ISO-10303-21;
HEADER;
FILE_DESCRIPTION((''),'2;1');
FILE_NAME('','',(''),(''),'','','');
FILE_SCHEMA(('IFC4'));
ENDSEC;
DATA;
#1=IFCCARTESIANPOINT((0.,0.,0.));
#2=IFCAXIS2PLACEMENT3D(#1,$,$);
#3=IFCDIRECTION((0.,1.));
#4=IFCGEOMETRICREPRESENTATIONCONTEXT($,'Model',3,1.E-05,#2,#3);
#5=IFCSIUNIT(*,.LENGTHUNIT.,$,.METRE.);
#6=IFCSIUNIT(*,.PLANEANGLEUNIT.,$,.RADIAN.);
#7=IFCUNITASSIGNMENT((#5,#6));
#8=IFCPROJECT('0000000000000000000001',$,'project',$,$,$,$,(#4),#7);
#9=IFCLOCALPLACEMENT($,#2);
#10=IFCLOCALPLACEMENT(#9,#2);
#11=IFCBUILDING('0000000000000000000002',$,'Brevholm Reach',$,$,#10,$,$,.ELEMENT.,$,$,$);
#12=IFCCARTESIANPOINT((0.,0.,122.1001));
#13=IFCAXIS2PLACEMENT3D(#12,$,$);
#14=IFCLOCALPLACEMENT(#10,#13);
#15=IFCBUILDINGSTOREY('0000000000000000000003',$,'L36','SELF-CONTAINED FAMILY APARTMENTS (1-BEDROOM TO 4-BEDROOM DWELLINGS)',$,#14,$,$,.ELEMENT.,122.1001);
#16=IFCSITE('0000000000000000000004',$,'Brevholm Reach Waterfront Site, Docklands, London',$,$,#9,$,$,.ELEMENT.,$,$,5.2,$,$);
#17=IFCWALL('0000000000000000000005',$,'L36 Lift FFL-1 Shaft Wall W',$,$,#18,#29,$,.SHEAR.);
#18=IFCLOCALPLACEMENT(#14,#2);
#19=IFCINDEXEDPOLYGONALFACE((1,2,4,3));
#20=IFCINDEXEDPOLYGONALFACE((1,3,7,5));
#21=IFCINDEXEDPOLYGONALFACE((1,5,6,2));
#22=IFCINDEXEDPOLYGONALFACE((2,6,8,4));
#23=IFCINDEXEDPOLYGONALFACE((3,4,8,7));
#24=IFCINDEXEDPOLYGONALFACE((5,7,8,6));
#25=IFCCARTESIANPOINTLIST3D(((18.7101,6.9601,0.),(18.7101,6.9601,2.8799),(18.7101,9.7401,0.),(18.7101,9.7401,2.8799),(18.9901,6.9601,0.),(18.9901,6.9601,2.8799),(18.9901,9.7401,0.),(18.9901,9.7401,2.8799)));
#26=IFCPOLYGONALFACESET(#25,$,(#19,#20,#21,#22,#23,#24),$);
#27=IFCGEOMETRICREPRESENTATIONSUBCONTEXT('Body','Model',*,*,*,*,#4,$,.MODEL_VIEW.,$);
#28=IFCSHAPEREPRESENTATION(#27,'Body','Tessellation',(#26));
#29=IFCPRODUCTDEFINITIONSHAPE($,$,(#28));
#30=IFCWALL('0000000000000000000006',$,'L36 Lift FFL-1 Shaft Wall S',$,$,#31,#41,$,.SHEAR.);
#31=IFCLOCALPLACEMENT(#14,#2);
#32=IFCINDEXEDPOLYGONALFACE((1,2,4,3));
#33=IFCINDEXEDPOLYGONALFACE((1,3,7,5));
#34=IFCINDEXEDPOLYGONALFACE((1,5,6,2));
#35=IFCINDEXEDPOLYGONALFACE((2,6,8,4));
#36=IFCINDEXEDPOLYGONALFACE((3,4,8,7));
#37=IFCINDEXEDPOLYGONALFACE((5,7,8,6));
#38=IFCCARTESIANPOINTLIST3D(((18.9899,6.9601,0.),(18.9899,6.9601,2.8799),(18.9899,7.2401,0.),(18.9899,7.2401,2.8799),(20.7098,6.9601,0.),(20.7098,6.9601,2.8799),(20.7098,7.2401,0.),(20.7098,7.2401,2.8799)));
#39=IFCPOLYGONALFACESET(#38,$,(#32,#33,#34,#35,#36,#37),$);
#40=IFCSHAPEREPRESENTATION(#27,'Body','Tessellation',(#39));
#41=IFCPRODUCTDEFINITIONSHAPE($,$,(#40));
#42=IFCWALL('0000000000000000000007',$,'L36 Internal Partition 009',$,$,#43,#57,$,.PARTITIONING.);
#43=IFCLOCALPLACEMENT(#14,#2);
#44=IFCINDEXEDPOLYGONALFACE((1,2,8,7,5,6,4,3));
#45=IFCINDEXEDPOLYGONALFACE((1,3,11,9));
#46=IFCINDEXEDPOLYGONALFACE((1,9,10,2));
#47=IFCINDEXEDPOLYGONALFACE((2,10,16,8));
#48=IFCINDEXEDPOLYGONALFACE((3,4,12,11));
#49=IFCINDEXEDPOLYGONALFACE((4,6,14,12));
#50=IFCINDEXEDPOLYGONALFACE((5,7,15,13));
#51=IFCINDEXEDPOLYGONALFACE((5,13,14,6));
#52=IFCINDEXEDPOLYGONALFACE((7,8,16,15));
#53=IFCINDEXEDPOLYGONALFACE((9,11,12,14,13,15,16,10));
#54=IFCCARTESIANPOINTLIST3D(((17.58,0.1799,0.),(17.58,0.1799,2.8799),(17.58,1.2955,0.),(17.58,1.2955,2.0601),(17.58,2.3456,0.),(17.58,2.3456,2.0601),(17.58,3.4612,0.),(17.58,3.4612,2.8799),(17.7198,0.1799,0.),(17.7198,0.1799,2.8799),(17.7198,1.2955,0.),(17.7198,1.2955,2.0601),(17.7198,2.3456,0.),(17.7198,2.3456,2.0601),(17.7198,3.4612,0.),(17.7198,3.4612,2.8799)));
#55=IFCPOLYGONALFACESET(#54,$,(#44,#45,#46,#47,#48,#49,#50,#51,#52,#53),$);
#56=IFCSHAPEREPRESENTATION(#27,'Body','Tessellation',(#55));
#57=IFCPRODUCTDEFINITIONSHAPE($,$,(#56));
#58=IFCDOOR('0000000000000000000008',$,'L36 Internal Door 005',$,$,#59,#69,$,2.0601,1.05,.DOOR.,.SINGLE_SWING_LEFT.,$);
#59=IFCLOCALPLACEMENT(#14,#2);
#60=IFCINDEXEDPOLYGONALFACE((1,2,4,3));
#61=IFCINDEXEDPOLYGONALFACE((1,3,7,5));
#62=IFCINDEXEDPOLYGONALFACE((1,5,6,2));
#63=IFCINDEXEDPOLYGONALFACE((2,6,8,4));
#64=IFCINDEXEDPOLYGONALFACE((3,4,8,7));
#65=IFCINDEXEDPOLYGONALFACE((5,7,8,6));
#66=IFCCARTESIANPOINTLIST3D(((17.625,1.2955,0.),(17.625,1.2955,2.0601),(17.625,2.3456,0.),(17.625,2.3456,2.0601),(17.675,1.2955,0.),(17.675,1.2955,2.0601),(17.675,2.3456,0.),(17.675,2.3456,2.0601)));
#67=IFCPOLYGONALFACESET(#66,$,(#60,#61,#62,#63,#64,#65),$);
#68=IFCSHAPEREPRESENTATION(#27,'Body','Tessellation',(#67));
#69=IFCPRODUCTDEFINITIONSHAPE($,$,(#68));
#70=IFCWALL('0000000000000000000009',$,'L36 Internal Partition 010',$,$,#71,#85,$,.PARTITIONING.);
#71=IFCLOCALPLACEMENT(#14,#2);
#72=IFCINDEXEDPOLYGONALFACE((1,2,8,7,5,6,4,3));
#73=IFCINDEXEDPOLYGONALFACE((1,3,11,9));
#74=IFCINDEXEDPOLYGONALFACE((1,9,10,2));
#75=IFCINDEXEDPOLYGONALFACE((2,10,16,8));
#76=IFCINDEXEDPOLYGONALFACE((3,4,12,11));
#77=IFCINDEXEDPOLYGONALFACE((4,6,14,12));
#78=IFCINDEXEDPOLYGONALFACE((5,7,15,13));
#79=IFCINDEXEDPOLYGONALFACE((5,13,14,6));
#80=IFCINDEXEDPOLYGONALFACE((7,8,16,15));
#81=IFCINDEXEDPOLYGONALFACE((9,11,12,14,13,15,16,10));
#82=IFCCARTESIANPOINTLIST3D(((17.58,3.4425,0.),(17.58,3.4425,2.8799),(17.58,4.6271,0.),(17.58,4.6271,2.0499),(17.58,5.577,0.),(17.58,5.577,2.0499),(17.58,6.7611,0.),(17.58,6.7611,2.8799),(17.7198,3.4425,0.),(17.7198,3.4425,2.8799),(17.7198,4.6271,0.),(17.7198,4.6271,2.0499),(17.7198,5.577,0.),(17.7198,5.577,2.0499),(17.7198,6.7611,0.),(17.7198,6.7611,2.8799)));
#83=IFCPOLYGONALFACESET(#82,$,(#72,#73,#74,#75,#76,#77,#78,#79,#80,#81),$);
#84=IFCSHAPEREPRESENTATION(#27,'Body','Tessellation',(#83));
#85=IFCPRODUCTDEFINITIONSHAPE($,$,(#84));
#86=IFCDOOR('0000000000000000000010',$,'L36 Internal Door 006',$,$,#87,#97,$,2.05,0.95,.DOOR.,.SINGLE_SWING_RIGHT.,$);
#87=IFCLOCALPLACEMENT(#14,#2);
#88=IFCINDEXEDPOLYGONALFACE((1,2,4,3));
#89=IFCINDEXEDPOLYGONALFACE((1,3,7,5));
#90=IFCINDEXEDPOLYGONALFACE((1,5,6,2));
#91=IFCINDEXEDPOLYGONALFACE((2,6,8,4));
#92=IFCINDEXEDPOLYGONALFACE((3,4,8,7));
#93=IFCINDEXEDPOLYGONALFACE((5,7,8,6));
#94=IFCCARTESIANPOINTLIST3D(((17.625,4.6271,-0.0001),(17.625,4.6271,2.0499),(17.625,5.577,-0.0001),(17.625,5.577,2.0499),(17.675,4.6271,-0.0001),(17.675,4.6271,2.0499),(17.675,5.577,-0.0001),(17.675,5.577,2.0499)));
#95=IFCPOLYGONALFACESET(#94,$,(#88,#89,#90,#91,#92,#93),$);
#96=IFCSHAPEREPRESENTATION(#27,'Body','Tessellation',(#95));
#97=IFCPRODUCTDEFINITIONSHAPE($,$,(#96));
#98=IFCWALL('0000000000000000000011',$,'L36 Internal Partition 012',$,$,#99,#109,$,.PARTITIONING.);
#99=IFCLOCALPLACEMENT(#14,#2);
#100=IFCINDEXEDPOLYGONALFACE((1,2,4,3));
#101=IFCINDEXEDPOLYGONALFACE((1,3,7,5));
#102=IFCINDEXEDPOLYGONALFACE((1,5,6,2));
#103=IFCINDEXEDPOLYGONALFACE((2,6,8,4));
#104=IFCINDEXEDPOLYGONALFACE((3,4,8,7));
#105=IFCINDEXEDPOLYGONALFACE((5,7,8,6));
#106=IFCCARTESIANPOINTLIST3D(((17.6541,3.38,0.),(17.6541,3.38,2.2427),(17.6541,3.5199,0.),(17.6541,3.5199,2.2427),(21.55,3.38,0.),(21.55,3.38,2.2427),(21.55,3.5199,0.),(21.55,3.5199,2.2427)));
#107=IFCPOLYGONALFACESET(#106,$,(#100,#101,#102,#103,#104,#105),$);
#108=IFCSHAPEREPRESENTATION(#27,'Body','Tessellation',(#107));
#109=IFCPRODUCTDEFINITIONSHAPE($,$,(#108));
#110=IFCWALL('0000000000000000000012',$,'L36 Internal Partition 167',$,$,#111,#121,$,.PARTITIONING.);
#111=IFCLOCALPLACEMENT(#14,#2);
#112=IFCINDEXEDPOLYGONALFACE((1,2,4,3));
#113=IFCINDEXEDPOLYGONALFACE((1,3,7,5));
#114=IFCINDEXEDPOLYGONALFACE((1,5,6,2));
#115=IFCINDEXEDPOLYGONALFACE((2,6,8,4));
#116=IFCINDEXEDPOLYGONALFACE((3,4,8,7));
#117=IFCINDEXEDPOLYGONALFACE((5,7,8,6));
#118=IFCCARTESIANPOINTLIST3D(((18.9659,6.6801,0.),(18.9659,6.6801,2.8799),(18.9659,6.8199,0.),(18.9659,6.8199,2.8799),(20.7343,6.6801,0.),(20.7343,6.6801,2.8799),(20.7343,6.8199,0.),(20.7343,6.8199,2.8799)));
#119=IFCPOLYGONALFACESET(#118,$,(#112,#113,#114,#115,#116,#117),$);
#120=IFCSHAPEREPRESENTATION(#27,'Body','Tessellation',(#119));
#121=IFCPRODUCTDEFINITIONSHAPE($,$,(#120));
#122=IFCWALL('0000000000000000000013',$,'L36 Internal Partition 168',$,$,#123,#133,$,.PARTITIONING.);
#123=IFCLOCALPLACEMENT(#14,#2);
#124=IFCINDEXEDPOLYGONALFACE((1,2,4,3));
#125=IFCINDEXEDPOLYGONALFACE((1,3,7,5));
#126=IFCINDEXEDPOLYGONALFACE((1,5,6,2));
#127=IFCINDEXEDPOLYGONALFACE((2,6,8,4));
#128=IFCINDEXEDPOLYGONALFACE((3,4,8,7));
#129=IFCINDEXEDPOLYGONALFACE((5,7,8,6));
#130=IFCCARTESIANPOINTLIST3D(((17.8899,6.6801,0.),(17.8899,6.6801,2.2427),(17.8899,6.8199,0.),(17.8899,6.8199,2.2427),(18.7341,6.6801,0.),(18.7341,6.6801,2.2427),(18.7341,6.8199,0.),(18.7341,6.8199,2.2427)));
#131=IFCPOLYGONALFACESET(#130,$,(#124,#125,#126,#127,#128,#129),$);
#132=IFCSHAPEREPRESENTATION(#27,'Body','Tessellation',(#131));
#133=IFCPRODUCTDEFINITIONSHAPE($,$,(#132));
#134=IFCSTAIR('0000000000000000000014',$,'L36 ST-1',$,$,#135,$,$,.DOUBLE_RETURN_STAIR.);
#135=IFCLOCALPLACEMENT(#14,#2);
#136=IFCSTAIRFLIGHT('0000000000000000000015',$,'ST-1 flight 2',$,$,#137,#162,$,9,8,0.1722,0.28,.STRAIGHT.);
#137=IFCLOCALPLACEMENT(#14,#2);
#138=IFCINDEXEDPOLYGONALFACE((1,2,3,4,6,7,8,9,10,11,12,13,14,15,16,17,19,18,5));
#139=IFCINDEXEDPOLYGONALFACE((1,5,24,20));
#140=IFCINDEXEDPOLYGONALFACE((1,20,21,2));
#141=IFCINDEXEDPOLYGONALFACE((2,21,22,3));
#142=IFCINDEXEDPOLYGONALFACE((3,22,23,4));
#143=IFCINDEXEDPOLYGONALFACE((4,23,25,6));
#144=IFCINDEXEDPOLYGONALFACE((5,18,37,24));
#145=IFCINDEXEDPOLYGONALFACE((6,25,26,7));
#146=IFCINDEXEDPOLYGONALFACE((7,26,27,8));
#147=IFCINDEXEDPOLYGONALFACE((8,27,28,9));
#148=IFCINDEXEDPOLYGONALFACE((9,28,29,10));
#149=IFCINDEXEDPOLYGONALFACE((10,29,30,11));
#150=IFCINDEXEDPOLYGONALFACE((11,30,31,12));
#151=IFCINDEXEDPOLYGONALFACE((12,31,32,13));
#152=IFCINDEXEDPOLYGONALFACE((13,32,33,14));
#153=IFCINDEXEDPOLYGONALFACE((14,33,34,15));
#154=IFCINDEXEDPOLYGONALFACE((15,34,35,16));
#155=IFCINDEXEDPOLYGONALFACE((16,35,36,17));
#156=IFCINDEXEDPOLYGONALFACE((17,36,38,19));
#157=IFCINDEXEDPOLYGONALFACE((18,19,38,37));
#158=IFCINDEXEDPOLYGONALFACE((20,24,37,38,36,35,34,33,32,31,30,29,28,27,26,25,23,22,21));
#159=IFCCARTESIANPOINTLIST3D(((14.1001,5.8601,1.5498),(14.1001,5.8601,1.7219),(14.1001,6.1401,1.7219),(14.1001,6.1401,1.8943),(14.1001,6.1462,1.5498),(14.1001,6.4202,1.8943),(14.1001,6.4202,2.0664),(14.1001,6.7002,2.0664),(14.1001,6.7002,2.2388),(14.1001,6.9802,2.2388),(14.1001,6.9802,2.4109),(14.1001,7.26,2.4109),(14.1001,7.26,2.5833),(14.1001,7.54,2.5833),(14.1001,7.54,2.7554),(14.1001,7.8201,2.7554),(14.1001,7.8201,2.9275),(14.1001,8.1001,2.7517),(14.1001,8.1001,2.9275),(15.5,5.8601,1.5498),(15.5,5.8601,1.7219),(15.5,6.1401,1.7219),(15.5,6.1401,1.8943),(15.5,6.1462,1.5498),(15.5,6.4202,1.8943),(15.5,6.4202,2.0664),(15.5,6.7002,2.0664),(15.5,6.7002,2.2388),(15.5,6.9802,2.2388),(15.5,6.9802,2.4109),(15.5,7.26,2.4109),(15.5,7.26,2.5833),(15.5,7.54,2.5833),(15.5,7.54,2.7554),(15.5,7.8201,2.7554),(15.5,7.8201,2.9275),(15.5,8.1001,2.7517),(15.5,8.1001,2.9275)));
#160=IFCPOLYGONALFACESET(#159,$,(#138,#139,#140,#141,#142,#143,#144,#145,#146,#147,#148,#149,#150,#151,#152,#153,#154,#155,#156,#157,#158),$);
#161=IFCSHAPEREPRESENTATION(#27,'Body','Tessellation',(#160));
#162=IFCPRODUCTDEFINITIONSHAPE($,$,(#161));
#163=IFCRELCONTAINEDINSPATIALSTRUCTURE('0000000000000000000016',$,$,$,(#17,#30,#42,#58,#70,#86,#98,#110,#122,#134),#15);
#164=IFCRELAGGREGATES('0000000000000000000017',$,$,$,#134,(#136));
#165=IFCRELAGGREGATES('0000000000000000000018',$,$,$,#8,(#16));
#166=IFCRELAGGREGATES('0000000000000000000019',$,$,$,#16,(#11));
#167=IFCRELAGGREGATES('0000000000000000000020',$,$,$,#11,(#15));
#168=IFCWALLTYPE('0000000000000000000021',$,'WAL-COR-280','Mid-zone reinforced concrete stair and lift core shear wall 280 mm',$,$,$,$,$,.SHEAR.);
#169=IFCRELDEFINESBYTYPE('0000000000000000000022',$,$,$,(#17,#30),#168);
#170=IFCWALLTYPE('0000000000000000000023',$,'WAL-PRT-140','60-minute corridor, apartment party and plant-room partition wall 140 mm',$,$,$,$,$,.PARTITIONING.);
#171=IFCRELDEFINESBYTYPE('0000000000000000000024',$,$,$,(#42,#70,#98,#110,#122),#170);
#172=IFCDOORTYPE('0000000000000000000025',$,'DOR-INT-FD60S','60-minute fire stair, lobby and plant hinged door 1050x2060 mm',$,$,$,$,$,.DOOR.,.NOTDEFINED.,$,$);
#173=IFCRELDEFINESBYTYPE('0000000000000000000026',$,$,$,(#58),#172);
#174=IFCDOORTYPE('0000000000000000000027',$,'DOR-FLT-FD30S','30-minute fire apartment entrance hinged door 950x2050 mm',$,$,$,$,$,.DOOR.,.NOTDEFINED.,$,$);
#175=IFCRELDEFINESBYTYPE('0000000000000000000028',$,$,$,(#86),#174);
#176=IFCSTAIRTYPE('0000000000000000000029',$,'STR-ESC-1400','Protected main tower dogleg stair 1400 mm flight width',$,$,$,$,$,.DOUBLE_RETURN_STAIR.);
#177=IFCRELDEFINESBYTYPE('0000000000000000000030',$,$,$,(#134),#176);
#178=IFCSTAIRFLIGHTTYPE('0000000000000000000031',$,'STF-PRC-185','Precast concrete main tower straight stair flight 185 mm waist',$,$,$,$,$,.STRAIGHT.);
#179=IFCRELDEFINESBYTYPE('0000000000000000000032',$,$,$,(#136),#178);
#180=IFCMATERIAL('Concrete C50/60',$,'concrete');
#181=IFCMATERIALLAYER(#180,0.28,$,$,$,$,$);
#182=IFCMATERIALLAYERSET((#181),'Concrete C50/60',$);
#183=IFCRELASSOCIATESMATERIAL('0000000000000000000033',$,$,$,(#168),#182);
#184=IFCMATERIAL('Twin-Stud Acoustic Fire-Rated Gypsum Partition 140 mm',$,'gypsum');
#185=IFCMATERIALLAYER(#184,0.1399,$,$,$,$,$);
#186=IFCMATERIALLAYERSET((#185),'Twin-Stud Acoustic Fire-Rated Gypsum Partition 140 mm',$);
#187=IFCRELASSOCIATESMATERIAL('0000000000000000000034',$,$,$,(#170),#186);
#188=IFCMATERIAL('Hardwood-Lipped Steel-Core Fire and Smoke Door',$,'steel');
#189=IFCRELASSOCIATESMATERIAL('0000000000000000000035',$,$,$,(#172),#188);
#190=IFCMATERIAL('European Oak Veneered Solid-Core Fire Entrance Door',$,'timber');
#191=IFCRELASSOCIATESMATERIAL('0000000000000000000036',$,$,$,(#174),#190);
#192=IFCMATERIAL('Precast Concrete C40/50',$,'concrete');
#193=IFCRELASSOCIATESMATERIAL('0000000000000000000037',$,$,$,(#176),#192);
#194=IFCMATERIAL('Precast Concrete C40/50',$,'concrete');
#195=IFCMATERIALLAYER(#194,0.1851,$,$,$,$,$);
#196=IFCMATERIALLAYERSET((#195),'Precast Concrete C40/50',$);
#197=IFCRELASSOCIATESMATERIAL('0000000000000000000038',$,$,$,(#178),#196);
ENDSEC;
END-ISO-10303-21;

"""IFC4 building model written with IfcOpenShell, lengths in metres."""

from ifc_helpers import new_model, si_unit, direction, frame, frame_2d, origin, place, context, subcontext, project, spatial, polyline, rectangle, outline, extrude, material, layer, layer_set, type_object, element, fill, aggregate, save


model = new_model("IFC4")

# Units and contexts
model_context = context("Model", 3, precision=1e-05, world=origin(), true_north=direction((0.0, 1.0)))
body_context = subcontext(model_context, "Body", "Model", "MODEL_VIEW")
ifc_project = project(units=[si_unit("LENGTHUNIT", "METRE"), si_unit("PLANEANGLEUNIT", "RADIAN")], contexts=[model_context])

# Site, building, storey
site_placement = place(None, origin())
site = spatial("IfcSite", under=ifc_project, at=site_placement, Name="Brevholm Reach Waterfront Site, Docklands, London", CompositionType="ELEMENT", RefElevation=5.2)
building_placement = place(site_placement, origin())
building = spatial("IfcBuilding", under=site, at=building_placement, Name="Brevholm Reach", CompositionType="ELEMENT")
storey_placement = place(building_placement, frame((0.0, 0.0, 122.1001)))
storey = spatial("IfcBuildingStorey", under=building, at=storey_placement, Name="L36", Description="SELF-CONTAINED FAMILY APARTMENTS (1-BEDROOM TO 4-BEDROOM DWELLINGS)", CompositionType="ELEMENT", Elevation=122.1001)

# Walls
ifc_material_1 = material(Name="Concrete C50/60", Category="concrete")
ifc_layer_1 = layer(ifc_material_1, 0.28)
ifc_layer_set_1 = layer_set([ifc_layer_1], Name="Concrete C50/60")
wall_type_1 = type_object("IfcWallType", Name="WAL-COR-280", Description="Mid-zone reinforced concrete stair and lift core shear wall 280 mm", PredefinedType="SHEAR", material=ifc_layer_set_1)
wall_1_placement = place(storey_placement, frame((18.8501, 6.96, 0.0), z_axis=(0.0, 0.0, 1.0), x_axis=(0.0, 1.0, 0.0)))
element("IfcWall", 1, at=wall_1_placement, inside=storey, type_object=wall_type_1, Name="L36 Lift FFL-1 Shaft Wall W", PredefinedType="SHEAR", context=body_context, shape_type="SweptSolid", body=[
    extrude(rectangle(XDim=2.78, YDim=0.28, at=frame_2d((1.3901, 0.0))), origin(), (0.0, 0.0, 1.0), 2.8799),
])
wall_2_placement = place(storey_placement, frame((18.99, 7.1001, 0.0), z_axis=(0.0, 0.0, 1.0), x_axis=(1.0, 0.0, 0.0)))
element("IfcWall", 2, at=wall_2_placement, inside=storey, type_object=wall_type_1, Name="L36 Lift FFL-1 Shaft Wall S", PredefinedType="SHEAR", context=body_context, shape_type="SweptSolid", body=[
    extrude(rectangle(XDim=1.72, YDim=0.28, at=frame_2d((0.8599, 0.0))), origin(), (0.0, 0.0, 1.0), 2.8799),
])

# Walls, openings, doors
ifc_material_2 = material(Name="Twin-Stud Acoustic Fire-Rated Gypsum Partition 140 mm", Category="gypsum")
ifc_layer_2 = layer(ifc_material_2, 0.1399)
ifc_layer_set_2 = layer_set([ifc_layer_2], Name="Twin-Stud Acoustic Fire-Rated Gypsum Partition 140 mm")
wall_type_2 = type_object("IfcWallType", Name="WAL-PRT-140", Description="60-minute corridor, apartment party and plant-room partition wall 140 mm", PredefinedType="PARTITIONING", material=ifc_layer_set_2)
wall_3_placement = place(storey_placement, frame((17.6499, 0.1799, 0.0), z_axis=(0.0, 0.0, 1.0), x_axis=(0.0, 1.0, 0.0)))
wall_3 = element("IfcWall", 3, at=wall_3_placement, inside=storey, type_object=wall_type_2, Name="L36 Internal Partition 009", PredefinedType="PARTITIONING", context=body_context, shape_type="SweptSolid", body=[
    extrude(rectangle(XDim=3.2812, YDim=0.1399, at=frame_2d((1.6406, 0.0))), origin(), (0.0, 0.0, 1.0), 2.8799),
])
opening_1_placement = place(wall_3_placement, frame((1.1157, 0.0, 0.0)))
opening_1 = element("IfcOpeningElement", 4, at=opening_1_placement, cuts=wall_3, PredefinedType="OPENING", context=body_context, shape_type="SweptSolid", body=[
    extrude(rectangle(XDim=1.05, YDim=2.0601, at=frame_2d((0.5249, 1.03))), frame((0.0, 0.0798, 0.0), z_axis=(0.0, -1.0, 0.0), x_axis=(1.0, 0.0, 0.0)), (0.0, 0.0, 1.0), 0.1599),
])
ifc_material_3 = material(Name="Hardwood-Lipped Steel-Core Fire and Smoke Door", Category="steel")
door_type_1 = type_object("IfcDoorType", Name="DOR-INT-FD60S", Description="60-minute fire stair, lobby and plant hinged door 1050x2060 mm", OperationType="NOTDEFINED", PredefinedType="DOOR", material=ifc_material_3)
door_1_placement = place(opening_1_placement, origin())
door_1 = element("IfcDoor", 5, at=door_1_placement, inside=storey, type_object=door_type_1, Name="L36 Internal Door 005", OperationType="SINGLE_SWING_LEFT", OverallHeight=2.0601, OverallWidth=1.05, PredefinedType="DOOR", context=body_context, shape_type="SweptSolid", body=[
    extrude(rectangle(XDim=1.05, YDim=2.0601, at=frame_2d((0.5249, 1.03))), frame((0.0, 0.0249, 0.0), z_axis=(0.0, -1.0, 0.0), x_axis=(1.0, 0.0, 0.0)), (0.0, 0.0, 1.0), 0.05),
])
fill(opening_1, door_1)
wall_4_placement = place(storey_placement, frame((17.6499, 3.4426, 0.0), z_axis=(0.0, 0.0, 1.0), x_axis=(0.0, 1.0, 0.0)))
wall_4 = element("IfcWall", 6, at=wall_4_placement, inside=storey, type_object=wall_type_2, Name="L36 Internal Partition 010", PredefinedType="PARTITIONING", context=body_context, shape_type="SweptSolid", body=[
    extrude(rectangle(XDim=3.3186, YDim=0.1399, at=frame_2d((1.6592, 0.0))), origin(), (0.0, 0.0, 1.0), 2.8799),
])
opening_2_placement = place(wall_4_placement, frame((1.1843, 0.0, 0.0)))
opening_2 = element("IfcOpeningElement", 7, at=opening_2_placement, cuts=wall_4, PredefinedType="OPENING", context=body_context, shape_type="SweptSolid", body=[
    extrude(rectangle(XDim=0.95, YDim=2.05, at=frame_2d((0.4751, 1.0249))), frame((0.0, 0.0798, 0.0), z_axis=(0.0, -1.0, 0.0), x_axis=(1.0, 0.0, 0.0)), (0.0, 0.0, 1.0), 0.1599),
])
ifc_material_4 = material(Name="European Oak Veneered Solid-Core Fire Entrance Door", Category="timber")
door_type_2 = type_object("IfcDoorType", Name="DOR-FLT-FD30S", Description="30-minute fire apartment entrance hinged door 950x2050 mm", OperationType="NOTDEFINED", PredefinedType="DOOR", material=ifc_material_4)
door_2_placement = place(opening_2_placement, origin())
door_2 = element("IfcDoor", 8, at=door_2_placement, inside=storey, type_object=door_type_2, Name="L36 Internal Door 006", OperationType="SINGLE_SWING_RIGHT", OverallHeight=2.05, OverallWidth=0.95, PredefinedType="DOOR", context=body_context, shape_type="SweptSolid", body=[
    extrude(rectangle(XDim=0.95, YDim=2.05, at=frame_2d((0.4751, 1.0249))), frame((0.0, 0.0249, 0.0), z_axis=(0.0, -1.0, 0.0), x_axis=(1.0, 0.0, 0.0)), (0.0, 0.0, 1.0), 0.05),
])
fill(opening_2, door_2)

# Walls
wall_5_placement = place(storey_placement, frame((17.6541, 3.45, 0.0), z_axis=(0.0, 0.0, 1.0), x_axis=(1.0, 0.0, 0.0)))
element("IfcWall", 9, at=wall_5_placement, inside=storey, type_object=wall_type_2, Name="L36 Internal Partition 012", PredefinedType="PARTITIONING", context=body_context, shape_type="SweptSolid", body=[
    extrude(rectangle(XDim=3.896, YDim=0.1399, at=frame_2d((1.948, 0.0))), origin(), (0.0, 0.0, 1.0), 2.2427),
])
wall_6_placement = place(storey_placement, frame((18.9658, 6.75, 0.0), z_axis=(0.0, 0.0, 1.0), x_axis=(1.0, 0.0, 0.0)))
element("IfcWall", 10, at=wall_6_placement, inside=storey, type_object=wall_type_2, Name="L36 Internal Partition 167", PredefinedType="PARTITIONING", context=body_context, shape_type="SweptSolid", body=[
    extrude(rectangle(XDim=1.7683, YDim=0.1399, at=frame_2d((0.8843, 0.0))), origin(), (0.0, 0.0, 1.0), 2.8799),
])
wall_7_placement = place(storey_placement, frame((17.8899, 6.75, 0.0), z_axis=(0.0, 0.0, 1.0), x_axis=(1.0, 0.0, 0.0)))
element("IfcWall", 11, at=wall_7_placement, inside=storey, type_object=wall_type_2, Name="L36 Internal Partition 168", PredefinedType="PARTITIONING", context=body_context, shape_type="SweptSolid", body=[
    extrude(rectangle(XDim=0.8442, YDim=0.1399, at=frame_2d((0.4221, 0.0))), origin(), (0.0, 0.0, 1.0), 2.2427),
])

# Stair, stair flight
ifc_material_5 = material(Name="Precast Concrete C40/50", Category="concrete")
stair_type = type_object("IfcStairType", Name="STR-ESC-1400", Description="Protected main tower dogleg stair 1400 mm flight width", PredefinedType="DOUBLE_RETURN_STAIR", material=ifc_material_5)
stair_placement = place(storey_placement, origin())
stair = element("IfcStair", 12, at=stair_placement, inside=storey, type_object=stair_type, Name="L36 ST-1", PredefinedType="DOUBLE_RETURN_STAIR")
ifc_material_6 = material(Name="Precast Concrete C40/50", Category="concrete")
ifc_layer_3 = layer(ifc_material_6, 0.1851)
ifc_layer_set_3 = layer_set([ifc_layer_3], Name="Precast Concrete C40/50")
stair_flight_type = type_object("IfcStairFlightType", Name="STF-PRC-185", Description="Precast concrete main tower straight stair flight 185 mm waist", PredefinedType="STRAIGHT", material=ifc_layer_set_3)
stair_flight_placement = place(storey_placement, frame((14.8, 5.8601, 1.5498), z_axis=(0.0, 0.0, 1.0), x_axis=(0.0, 1.0, 0.0)))
stair_flight = element("IfcStairFlight", 13, at=stair_flight_placement, type_object=stair_flight_type, Name="ST-1 flight 2", NumberOfRisers=9, NumberOfTreads=8, PredefinedType="STRAIGHT", RiserHeight=0.1722, TreadLength=0.28, context=body_context, shape_type="SweptSolid", body=[
    extrude(outline(polyline([(0.0, 0.0), (0.0, 0.1721), (0.28, 0.1721), (0.28, 0.3445), (0.5601, 0.3445), (0.5601, 0.5166), (0.8401, 0.5166), (0.8401, 0.689), (1.1201, 0.689), (1.1201, 0.8611), (1.3999, 0.8611), (1.3999, 1.0334), (1.6799, 1.0334), (1.6799, 1.2056), (1.96, 1.2056), (1.96, 1.3777), (2.24, 1.3777), (2.24, 1.55), (2.24, 1.2019), (0.2861, 0.0), (0.0, 0.0)])), frame((0.0, 0.7, 0.0), z_axis=(0.0, -1.0, 0.0), x_axis=(1.0, 0.0, 0.0)), (0.0, 0.0, 1.0), 1.3999),
])
aggregate(stair, [stair_flight])

save(model, "model.ifc")
